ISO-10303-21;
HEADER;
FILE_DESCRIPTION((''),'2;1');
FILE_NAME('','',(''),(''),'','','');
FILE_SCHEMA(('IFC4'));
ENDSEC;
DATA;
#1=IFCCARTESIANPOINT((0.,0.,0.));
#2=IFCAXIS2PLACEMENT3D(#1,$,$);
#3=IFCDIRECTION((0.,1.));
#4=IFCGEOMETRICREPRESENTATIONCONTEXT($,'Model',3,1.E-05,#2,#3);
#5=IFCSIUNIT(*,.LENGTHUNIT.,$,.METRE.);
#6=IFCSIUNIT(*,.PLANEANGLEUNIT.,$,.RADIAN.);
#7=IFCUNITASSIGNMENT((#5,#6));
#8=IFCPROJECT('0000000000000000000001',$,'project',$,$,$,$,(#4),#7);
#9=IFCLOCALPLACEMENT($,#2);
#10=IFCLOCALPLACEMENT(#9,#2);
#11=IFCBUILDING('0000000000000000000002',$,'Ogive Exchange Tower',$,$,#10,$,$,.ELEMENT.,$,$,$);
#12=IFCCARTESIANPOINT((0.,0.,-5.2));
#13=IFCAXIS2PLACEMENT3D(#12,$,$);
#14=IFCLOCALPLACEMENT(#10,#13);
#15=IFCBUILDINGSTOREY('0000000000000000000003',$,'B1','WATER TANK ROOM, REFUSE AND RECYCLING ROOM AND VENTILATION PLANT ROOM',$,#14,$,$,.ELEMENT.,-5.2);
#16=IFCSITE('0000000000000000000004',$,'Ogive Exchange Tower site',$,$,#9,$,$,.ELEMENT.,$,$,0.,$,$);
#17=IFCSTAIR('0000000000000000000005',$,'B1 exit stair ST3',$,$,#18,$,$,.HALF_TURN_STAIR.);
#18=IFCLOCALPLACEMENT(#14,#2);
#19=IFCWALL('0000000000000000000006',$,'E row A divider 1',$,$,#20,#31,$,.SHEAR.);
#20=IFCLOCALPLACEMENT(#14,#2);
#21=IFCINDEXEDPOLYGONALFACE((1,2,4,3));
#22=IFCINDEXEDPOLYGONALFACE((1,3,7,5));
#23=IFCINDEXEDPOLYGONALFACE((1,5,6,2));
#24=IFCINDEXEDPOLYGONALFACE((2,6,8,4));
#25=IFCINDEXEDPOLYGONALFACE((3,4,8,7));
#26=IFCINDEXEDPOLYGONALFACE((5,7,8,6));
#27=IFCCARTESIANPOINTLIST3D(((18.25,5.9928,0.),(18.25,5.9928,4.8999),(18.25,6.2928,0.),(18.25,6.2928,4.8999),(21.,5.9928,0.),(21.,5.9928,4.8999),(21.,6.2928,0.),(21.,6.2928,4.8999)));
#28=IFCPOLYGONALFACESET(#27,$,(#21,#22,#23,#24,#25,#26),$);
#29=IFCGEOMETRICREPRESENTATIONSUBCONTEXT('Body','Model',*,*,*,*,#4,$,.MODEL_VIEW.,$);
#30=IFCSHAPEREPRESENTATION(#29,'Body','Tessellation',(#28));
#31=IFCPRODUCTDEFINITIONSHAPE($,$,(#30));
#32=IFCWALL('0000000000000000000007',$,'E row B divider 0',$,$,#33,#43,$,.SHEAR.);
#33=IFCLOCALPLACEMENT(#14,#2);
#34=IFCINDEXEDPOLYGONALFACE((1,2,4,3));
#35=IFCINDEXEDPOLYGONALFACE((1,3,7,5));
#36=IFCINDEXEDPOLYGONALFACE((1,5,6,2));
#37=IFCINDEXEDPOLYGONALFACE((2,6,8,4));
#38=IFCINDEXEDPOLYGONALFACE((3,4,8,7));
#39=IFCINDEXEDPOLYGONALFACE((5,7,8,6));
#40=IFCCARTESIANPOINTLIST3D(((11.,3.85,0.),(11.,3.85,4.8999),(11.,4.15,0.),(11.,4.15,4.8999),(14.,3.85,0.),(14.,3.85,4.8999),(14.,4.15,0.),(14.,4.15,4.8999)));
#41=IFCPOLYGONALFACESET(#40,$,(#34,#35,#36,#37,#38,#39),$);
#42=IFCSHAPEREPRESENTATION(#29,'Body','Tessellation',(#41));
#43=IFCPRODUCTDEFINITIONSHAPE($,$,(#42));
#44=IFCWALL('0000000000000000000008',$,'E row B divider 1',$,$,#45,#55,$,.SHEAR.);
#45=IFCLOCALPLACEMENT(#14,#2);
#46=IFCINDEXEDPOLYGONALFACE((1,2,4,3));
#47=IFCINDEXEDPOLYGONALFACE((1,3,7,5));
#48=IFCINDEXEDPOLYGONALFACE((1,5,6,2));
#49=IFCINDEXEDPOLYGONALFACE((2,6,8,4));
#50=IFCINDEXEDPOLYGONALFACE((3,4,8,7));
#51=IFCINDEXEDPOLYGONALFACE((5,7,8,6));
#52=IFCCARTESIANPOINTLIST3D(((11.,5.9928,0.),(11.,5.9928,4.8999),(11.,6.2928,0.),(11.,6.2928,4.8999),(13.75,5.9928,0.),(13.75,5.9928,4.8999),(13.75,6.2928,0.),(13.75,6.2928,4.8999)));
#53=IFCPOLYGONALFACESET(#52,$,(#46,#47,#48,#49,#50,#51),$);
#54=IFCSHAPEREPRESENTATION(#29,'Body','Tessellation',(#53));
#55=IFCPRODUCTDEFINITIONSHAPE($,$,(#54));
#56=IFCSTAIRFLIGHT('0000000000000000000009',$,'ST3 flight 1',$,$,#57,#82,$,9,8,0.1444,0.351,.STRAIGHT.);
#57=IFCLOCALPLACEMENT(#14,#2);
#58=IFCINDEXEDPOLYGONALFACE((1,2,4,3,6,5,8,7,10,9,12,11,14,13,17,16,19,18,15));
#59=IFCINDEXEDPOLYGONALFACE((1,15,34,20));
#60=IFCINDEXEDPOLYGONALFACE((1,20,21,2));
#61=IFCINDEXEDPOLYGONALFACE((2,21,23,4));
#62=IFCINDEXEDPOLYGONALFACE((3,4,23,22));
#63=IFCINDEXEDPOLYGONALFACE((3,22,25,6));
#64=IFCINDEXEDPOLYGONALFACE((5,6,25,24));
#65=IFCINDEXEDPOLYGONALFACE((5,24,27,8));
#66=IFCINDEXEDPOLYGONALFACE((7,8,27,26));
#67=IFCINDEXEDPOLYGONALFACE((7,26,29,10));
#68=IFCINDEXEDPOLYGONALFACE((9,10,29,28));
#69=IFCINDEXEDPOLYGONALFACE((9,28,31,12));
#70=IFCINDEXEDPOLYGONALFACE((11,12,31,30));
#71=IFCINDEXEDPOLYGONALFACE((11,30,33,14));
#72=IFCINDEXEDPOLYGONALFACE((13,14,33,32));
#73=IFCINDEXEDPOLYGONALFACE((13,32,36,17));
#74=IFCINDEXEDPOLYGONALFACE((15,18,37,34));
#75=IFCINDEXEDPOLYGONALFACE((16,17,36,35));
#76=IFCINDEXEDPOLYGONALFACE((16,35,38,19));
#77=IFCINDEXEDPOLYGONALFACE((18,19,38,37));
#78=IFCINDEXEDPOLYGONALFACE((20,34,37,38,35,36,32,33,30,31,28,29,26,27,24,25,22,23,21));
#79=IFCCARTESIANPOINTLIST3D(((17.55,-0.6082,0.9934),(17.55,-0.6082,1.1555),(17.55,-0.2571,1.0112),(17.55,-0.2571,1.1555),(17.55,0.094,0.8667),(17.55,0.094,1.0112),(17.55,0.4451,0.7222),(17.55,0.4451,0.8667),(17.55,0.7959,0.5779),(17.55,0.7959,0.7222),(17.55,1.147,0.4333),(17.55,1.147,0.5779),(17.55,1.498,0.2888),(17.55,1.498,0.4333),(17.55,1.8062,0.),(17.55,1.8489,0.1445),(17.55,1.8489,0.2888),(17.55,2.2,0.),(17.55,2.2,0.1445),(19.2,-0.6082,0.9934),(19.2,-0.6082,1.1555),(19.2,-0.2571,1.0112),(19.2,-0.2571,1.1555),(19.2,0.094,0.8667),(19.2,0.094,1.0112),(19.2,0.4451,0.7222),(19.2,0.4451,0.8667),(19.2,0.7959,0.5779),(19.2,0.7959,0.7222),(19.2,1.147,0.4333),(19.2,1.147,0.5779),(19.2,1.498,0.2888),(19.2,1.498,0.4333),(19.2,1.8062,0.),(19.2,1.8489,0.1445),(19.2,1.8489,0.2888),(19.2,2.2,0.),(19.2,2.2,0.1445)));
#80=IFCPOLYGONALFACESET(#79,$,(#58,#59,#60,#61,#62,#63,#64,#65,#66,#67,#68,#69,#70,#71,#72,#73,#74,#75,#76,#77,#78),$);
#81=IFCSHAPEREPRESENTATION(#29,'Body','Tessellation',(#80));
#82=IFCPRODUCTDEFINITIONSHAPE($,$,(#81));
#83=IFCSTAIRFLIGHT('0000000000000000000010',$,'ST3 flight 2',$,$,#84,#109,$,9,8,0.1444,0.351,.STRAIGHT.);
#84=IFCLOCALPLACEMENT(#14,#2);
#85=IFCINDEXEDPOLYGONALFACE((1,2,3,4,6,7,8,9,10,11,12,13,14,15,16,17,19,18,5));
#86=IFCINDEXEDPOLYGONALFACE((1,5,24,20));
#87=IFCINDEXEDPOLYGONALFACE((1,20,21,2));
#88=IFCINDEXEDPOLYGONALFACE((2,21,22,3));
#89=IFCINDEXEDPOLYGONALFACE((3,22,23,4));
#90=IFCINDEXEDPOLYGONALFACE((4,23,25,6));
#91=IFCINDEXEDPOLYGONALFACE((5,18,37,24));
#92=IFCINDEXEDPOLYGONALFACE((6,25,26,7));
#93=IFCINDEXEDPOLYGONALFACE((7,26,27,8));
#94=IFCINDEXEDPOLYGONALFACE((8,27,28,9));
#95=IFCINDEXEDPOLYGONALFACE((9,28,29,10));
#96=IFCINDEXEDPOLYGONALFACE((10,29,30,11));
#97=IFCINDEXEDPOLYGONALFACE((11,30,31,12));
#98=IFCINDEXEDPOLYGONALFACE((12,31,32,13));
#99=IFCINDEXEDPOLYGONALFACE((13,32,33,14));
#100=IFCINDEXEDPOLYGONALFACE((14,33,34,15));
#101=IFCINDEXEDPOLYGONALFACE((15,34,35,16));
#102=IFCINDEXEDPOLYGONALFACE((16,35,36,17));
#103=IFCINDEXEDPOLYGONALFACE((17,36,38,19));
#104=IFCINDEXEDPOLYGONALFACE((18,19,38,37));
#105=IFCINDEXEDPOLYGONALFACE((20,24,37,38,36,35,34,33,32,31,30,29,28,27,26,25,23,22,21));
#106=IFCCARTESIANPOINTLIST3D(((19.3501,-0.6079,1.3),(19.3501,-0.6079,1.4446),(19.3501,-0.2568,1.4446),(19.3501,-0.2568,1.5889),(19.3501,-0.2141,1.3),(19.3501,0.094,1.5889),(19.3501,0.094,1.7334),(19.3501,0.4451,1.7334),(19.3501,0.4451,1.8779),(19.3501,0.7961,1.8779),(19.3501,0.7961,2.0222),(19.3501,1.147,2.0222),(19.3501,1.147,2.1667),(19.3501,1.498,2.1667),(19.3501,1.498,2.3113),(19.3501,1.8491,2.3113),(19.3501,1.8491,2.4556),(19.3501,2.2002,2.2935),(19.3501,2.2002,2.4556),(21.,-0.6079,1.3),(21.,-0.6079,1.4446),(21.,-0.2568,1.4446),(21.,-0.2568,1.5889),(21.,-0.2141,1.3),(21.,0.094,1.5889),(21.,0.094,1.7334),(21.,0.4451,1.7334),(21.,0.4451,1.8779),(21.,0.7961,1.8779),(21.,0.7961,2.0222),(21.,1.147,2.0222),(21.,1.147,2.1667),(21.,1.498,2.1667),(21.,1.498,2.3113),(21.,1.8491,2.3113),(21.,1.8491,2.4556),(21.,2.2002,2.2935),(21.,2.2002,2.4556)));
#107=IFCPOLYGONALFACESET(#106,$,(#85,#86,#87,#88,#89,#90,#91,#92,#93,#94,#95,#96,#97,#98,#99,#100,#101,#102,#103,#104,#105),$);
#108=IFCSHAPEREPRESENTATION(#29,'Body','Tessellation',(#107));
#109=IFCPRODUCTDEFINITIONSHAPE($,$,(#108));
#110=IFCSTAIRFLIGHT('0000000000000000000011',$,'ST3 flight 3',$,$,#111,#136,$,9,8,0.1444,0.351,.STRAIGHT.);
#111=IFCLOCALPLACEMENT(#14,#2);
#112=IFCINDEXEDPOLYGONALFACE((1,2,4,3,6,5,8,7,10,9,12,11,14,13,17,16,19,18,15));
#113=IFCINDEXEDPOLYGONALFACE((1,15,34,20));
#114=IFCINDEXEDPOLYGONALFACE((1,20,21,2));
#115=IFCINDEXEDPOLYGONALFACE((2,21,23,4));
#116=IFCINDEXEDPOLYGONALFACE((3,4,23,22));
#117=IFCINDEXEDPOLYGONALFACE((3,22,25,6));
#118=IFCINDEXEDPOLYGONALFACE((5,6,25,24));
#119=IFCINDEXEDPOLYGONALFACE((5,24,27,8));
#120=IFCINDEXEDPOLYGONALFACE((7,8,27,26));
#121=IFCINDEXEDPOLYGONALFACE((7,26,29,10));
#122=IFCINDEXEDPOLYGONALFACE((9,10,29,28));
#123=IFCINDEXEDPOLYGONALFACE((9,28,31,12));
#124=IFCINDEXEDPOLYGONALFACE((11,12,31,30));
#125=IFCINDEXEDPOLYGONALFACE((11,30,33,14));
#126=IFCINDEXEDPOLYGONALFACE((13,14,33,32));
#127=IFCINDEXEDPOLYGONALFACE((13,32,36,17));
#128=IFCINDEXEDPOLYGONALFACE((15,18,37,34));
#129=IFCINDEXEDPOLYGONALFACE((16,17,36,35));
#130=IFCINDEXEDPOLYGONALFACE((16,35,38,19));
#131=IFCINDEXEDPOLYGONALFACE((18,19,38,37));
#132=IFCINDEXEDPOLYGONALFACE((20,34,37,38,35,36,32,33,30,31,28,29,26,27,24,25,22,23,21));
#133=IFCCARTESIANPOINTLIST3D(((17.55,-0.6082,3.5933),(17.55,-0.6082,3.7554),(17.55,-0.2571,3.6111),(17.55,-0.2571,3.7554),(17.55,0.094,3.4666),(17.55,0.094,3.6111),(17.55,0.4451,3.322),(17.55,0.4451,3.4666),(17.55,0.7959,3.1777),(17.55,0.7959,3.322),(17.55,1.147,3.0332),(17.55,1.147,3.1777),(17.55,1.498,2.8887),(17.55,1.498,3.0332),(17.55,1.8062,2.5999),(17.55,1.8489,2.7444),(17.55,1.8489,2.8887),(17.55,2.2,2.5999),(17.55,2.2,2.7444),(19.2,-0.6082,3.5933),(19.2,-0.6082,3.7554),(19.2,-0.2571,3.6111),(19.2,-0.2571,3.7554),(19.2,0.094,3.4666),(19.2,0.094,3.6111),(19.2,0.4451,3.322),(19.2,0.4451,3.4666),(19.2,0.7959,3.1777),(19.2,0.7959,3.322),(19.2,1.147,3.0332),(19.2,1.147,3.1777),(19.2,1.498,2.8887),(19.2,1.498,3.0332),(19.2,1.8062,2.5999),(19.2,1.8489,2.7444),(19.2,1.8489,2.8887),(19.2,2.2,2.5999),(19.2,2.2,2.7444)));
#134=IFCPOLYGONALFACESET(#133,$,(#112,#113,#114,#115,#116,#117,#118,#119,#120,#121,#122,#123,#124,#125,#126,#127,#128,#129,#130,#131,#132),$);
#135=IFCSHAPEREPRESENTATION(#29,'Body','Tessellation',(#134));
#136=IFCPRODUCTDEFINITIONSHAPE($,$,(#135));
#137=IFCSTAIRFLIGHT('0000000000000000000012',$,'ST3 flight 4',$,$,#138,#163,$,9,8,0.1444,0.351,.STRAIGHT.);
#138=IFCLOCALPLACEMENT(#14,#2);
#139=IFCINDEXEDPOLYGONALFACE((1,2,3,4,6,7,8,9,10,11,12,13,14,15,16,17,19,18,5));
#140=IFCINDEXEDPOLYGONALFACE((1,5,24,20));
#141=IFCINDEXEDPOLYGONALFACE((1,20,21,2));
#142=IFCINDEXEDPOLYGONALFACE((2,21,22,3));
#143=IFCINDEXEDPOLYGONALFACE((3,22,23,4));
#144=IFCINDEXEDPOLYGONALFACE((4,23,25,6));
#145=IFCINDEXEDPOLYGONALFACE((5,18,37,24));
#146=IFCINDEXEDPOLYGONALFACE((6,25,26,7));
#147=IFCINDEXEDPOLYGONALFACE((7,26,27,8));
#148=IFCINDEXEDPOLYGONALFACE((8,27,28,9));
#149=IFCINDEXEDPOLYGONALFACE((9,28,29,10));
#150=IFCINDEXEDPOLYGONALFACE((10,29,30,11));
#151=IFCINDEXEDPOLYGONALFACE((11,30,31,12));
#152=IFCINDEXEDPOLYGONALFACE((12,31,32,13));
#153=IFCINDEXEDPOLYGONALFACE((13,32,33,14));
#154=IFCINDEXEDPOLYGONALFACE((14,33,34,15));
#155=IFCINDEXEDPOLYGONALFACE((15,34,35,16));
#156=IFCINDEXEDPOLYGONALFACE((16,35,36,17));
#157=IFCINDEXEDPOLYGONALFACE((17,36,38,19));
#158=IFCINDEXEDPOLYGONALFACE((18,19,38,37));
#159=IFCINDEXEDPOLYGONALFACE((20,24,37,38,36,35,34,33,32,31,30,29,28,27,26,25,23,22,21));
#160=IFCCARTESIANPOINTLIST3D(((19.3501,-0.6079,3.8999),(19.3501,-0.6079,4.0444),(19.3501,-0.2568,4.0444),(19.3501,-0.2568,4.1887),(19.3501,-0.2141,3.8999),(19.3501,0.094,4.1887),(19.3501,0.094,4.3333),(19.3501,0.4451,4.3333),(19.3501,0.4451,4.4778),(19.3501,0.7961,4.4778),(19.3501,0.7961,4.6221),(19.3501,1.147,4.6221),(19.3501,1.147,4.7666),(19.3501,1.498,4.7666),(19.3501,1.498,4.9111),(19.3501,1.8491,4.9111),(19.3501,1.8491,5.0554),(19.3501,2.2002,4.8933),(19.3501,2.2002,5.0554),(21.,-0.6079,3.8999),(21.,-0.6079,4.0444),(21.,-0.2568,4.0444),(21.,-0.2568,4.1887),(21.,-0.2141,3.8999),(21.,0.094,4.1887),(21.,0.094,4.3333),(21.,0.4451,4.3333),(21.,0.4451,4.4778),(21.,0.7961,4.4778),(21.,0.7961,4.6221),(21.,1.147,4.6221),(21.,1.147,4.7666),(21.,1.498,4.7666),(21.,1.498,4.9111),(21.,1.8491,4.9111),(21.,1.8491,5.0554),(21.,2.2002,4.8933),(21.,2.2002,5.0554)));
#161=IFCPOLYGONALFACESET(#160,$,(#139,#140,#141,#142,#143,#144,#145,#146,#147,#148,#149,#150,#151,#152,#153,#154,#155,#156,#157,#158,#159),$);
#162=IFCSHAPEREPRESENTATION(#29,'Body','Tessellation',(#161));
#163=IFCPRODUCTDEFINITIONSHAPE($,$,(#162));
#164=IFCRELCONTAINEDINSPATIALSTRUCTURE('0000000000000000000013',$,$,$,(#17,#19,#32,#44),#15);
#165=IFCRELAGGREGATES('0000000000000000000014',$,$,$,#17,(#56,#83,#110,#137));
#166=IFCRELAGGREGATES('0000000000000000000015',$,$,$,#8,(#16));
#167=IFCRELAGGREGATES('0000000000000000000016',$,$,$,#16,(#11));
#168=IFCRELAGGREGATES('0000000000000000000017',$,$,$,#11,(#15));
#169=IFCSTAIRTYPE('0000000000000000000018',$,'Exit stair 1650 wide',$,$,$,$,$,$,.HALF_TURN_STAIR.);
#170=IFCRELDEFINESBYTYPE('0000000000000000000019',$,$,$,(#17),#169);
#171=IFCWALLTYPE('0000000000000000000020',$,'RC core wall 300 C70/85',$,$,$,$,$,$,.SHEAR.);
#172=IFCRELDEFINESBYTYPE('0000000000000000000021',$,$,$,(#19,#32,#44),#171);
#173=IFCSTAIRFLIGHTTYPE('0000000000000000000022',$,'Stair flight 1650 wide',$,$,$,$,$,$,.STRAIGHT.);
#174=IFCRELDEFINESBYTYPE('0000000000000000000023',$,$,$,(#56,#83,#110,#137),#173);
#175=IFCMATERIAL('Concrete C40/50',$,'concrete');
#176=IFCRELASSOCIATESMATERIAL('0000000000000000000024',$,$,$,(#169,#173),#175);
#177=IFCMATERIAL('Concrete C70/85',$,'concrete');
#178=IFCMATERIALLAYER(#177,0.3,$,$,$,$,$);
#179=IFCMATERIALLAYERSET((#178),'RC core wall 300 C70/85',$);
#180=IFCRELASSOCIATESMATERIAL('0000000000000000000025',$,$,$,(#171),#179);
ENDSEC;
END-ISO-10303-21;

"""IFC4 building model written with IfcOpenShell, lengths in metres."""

from ifc_helpers import new_model, si_unit, direction, frame, frame_2d, origin, place, context, subcontext, project, spatial, polyline, rectangle, outline, extrude, material, layer, layer_set, type_object, element, aggregate, save


model = new_model("IFC4")

# Units and contexts
model_context = context("Model", 3, precision=1e-05, world=origin(), true_north=direction((0.0, 1.0)))
body_context = subcontext(model_context, "Body", "Model", "MODEL_VIEW")
ifc_project = project(units=[si_unit("LENGTHUNIT", "METRE"), si_unit("PLANEANGLEUNIT", "RADIAN")], contexts=[model_context])

# Site, building, storey
site_placement = place(None, origin())
site = spatial("IfcSite", under=ifc_project, at=site_placement, Name="Ogive Exchange Tower site", CompositionType="ELEMENT", RefElevation=0.0)
building_placement = place(site_placement, origin())
building = spatial("IfcBuilding", under=site, at=building_placement, Name="Ogive Exchange Tower", CompositionType="ELEMENT")
storey_placement = place(building_placement, frame((0.0, 0.0, -5.2)))
storey = spatial("IfcBuildingStorey", under=building, at=storey_placement, Name="B1", Description="WATER TANK ROOM, REFUSE AND RECYCLING ROOM AND VENTILATION PLANT ROOM", CompositionType="ELEMENT", Elevation=-5.2)

# Shared definitions
ifc_material_1 = material(Name="Concrete C70/85", Category="concrete")

# Stair
ifc_material_2 = material(Name="Concrete C40/50", Category="concrete")
stair_type = type_object("IfcStairType", Name="Exit stair 1650 wide", PredefinedType="HALF_TURN_STAIR", material=ifc_material_2)
stair_1_placement = place(storey_placement, origin())
stair_1 = element("IfcStair", 1, at=stair_1_placement, inside=storey, type_object=stair_type, Name="B1 exit stair ST3", PredefinedType="HALF_TURN_STAIR")

# Walls
ifc_layer_1 = layer(ifc_material_1, 0.3)
ifc_layer_set_1 = layer_set([ifc_layer_1], Name="RC core wall 300 C70/85")
wall_type_1 = type_object("IfcWallType", Name="RC core wall 300 C70/85", PredefinedType="SHEAR", material=ifc_layer_set_1)
wall_1_placement = place(storey_placement, frame((18.25, 6.1428, 0.0), z_axis=(0.0, 0.0, 1.0), x_axis=(1.0, 0.0, 0.0)))
element("IfcWall", 2, at=wall_1_placement, inside=storey, type_object=wall_type_1, Name="E row A divider 1", PredefinedType="SHEAR", context=body_context, shape_type="SweptSolid", body=[
    extrude(rectangle(XDim=2.75, YDim=0.3, at=frame_2d((1.375, 0.0))), origin(), (0.0, 0.0, 1.0), 4.8999),
])
wall_2_placement = place(storey_placement, frame((11.0, 4.0, 0.0), z_axis=(0.0, 0.0, 1.0), x_axis=(1.0, 0.0, 0.0)))
element("IfcWall", 3, at=wall_2_placement, inside=storey, type_object=wall_type_1, Name="E row B divider 0", PredefinedType="SHEAR", context=body_context, shape_type="SweptSolid", body=[
    extrude(rectangle(XDim=3.0, YDim=0.3, at=frame_2d((1.5, 0.0))), origin(), (0.0, 0.0, 1.0), 4.8999),
])
wall_3_placement = place(storey_placement, frame((11.0, 6.1428, 0.0), z_axis=(0.0, 0.0, 1.0), x_axis=(1.0, 0.0, 0.0)))
element("IfcWall", 4, at=wall_3_placement, inside=storey, type_object=wall_type_1, Name="E row B divider 1", PredefinedType="SHEAR", context=body_context, shape_type="SweptSolid", body=[
    extrude(rectangle(XDim=2.75, YDim=0.3, at=frame_2d((1.375, 0.0))), origin(), (0.0, 0.0, 1.0), 4.8999),
])

# Stair flights
stair_flight_type = type_object("IfcStairFlightType", Name="Stair flight 1650 wide", PredefinedType="STRAIGHT", material=ifc_material_2)
stair_flight_1_placement = place(storey_placement, frame((18.375, 2.2, 0.0), z_axis=(0.0, 0.0, 1.0), x_axis=(0.0, -1.0, 0.0)))
stair_flight_1 = element("IfcStairFlight", 5, at=stair_flight_1_placement, type_object=stair_flight_type, Name="ST3 flight 1", NumberOfRisers=9, NumberOfTreads=8, PredefinedType="STRAIGHT", RiserHeight=0.1444, TreadLength=0.351, context=body_context, shape_type="SweptSolid", body=[
    extrude(outline(polyline([(0.0, 0.0), (0.0, 0.1445), (0.3511, 0.1445), (0.3511, 0.2888), (0.7019, 0.2888), (0.7019, 0.4333), (1.053, 0.4333), (1.053, 0.5779), (1.4041, 0.5779), (1.4041, 0.7222), (1.7549, 0.7222), (1.7549, 0.8667), (2.106, 0.8667), (2.106, 1.0112), (2.457, 1.0112), (2.457, 1.1555), (2.8081, 1.1555), (2.8081, 1.3), (2.8081, 0.9934), (0.3938, 0.0), (0.0, 0.0)])), frame((0.0, 0.825, 0.0), z_axis=(0.0, -1.0, 0.0), x_axis=(1.0, 0.0, 0.0)), (0.0, 0.0, 1.0), 1.6499),
])
stair_flight_2_placement = place(storey_placement, frame((20.175, -0.6079, 1.3), z_axis=(0.0, 0.0, 1.0), x_axis=(0.0, 1.0, 0.0)))
stair_flight_2 = element("IfcStairFlight", 6, at=stair_flight_2_placement, type_object=stair_flight_type, Name="ST3 flight 2", NumberOfRisers=9, NumberOfTreads=8, PredefinedType="STRAIGHT", RiserHeight=0.1444, TreadLength=0.351, context=body_context, shape_type="SweptSolid", body=[
    extrude(outline(polyline([(0.0, 0.0), (0.0, 0.1445), (0.3511, 0.1445), (0.3511, 0.2888), (0.7019, 0.2888), (0.7019, 0.4333), (1.053, 0.4333), (1.053, 0.5779), (1.4041, 0.5779), (1.4041, 0.7222), (1.7549, 0.7222), (1.7549, 0.8667), (2.106, 0.8667), (2.106, 1.0112), (2.457, 1.0112), (2.457, 1.1555), (2.8081, 1.1555), (2.8081, 1.3), (2.8081, 0.9934), (0.3938, 0.0), (0.0, 0.0)])), frame((0.0, 0.825, 0.0), z_axis=(0.0, -1.0, 0.0), x_axis=(1.0, 0.0, 0.0)), (0.0, 0.0, 1.0), 1.6499),
])
stair_flight_3_placement = place(storey_placement, frame((18.375, 2.2, 2.5999), z_axis=(0.0, 0.0, 1.0), x_axis=(0.0, -1.0, 0.0)))
stair_flight_3 = element("IfcStairFlight", 7, at=stair_flight_3_placement, type_object=stair_flight_type, Name="ST3 flight 3", NumberOfRisers=9, NumberOfTreads=8, PredefinedType="STRAIGHT", RiserHeight=0.1444, TreadLength=0.351, context=body_context, shape_type="SweptSolid", body=[
    extrude(outline(polyline([(0.0, 0.0), (0.0, 0.1445), (0.3511, 0.1445), (0.3511, 0.2888), (0.7019, 0.2888), (0.7019, 0.4333), (1.053, 0.4333), (1.053, 0.5779), (1.4041, 0.5779), (1.4041, 0.7222), (1.7549, 0.7222), (1.7549, 0.8667), (2.106, 0.8667), (2.106, 1.0112), (2.457, 1.0112), (2.457, 1.1555), (2.8081, 1.1555), (2.8081, 1.3), (2.8081, 0.9934), (0.3938, 0.0), (0.0, 0.0)])), frame((0.0, 0.825, 0.0), z_axis=(0.0, -1.0, 0.0), x_axis=(1.0, 0.0, 0.0)), (0.0, 0.0, 1.0), 1.6499),
])
stair_flight_4_placement = place(storey_placement, frame((20.175, -0.6079, 3.8999), z_axis=(0.0, 0.0, 1.0), x_axis=(0.0, 1.0, 0.0)))
stair_flight_4 = element("IfcStairFlight", 8, at=stair_flight_4_placement, type_object=stair_flight_type, Name="ST3 flight 4", NumberOfRisers=9, NumberOfTreads=8, PredefinedType="STRAIGHT", RiserHeight=0.1444, TreadLength=0.351, context=body_context, shape_type="SweptSolid", body=[
    extrude(outline(polyline([(0.0, 0.0), (0.0, 0.1445), (0.3511, 0.1445), (0.3511, 0.2888), (0.7019, 0.2888), (0.7019, 0.4333), (1.053, 0.4333), (1.053, 0.5779), (1.4041, 0.5779), (1.4041, 0.7222), (1.7549, 0.7222), (1.7549, 0.8667), (2.106, 0.8667), (2.106, 1.0112), (2.457, 1.0112), (2.457, 1.1555), (2.8081, 1.1555), (2.8081, 1.3), (2.8081, 0.9934), (0.3938, 0.0), (0.0, 0.0)])), frame((0.0, 0.825, 0.0), z_axis=(0.0, -1.0, 0.0), x_axis=(1.0, 0.0, 0.0)), (0.0, 0.0, 1.0), 1.6499),
])
aggregate(stair_1, [stair_flight_1, stair_flight_2, stair_flight_3, stair_flight_4])

save(model, "model.ifc")
